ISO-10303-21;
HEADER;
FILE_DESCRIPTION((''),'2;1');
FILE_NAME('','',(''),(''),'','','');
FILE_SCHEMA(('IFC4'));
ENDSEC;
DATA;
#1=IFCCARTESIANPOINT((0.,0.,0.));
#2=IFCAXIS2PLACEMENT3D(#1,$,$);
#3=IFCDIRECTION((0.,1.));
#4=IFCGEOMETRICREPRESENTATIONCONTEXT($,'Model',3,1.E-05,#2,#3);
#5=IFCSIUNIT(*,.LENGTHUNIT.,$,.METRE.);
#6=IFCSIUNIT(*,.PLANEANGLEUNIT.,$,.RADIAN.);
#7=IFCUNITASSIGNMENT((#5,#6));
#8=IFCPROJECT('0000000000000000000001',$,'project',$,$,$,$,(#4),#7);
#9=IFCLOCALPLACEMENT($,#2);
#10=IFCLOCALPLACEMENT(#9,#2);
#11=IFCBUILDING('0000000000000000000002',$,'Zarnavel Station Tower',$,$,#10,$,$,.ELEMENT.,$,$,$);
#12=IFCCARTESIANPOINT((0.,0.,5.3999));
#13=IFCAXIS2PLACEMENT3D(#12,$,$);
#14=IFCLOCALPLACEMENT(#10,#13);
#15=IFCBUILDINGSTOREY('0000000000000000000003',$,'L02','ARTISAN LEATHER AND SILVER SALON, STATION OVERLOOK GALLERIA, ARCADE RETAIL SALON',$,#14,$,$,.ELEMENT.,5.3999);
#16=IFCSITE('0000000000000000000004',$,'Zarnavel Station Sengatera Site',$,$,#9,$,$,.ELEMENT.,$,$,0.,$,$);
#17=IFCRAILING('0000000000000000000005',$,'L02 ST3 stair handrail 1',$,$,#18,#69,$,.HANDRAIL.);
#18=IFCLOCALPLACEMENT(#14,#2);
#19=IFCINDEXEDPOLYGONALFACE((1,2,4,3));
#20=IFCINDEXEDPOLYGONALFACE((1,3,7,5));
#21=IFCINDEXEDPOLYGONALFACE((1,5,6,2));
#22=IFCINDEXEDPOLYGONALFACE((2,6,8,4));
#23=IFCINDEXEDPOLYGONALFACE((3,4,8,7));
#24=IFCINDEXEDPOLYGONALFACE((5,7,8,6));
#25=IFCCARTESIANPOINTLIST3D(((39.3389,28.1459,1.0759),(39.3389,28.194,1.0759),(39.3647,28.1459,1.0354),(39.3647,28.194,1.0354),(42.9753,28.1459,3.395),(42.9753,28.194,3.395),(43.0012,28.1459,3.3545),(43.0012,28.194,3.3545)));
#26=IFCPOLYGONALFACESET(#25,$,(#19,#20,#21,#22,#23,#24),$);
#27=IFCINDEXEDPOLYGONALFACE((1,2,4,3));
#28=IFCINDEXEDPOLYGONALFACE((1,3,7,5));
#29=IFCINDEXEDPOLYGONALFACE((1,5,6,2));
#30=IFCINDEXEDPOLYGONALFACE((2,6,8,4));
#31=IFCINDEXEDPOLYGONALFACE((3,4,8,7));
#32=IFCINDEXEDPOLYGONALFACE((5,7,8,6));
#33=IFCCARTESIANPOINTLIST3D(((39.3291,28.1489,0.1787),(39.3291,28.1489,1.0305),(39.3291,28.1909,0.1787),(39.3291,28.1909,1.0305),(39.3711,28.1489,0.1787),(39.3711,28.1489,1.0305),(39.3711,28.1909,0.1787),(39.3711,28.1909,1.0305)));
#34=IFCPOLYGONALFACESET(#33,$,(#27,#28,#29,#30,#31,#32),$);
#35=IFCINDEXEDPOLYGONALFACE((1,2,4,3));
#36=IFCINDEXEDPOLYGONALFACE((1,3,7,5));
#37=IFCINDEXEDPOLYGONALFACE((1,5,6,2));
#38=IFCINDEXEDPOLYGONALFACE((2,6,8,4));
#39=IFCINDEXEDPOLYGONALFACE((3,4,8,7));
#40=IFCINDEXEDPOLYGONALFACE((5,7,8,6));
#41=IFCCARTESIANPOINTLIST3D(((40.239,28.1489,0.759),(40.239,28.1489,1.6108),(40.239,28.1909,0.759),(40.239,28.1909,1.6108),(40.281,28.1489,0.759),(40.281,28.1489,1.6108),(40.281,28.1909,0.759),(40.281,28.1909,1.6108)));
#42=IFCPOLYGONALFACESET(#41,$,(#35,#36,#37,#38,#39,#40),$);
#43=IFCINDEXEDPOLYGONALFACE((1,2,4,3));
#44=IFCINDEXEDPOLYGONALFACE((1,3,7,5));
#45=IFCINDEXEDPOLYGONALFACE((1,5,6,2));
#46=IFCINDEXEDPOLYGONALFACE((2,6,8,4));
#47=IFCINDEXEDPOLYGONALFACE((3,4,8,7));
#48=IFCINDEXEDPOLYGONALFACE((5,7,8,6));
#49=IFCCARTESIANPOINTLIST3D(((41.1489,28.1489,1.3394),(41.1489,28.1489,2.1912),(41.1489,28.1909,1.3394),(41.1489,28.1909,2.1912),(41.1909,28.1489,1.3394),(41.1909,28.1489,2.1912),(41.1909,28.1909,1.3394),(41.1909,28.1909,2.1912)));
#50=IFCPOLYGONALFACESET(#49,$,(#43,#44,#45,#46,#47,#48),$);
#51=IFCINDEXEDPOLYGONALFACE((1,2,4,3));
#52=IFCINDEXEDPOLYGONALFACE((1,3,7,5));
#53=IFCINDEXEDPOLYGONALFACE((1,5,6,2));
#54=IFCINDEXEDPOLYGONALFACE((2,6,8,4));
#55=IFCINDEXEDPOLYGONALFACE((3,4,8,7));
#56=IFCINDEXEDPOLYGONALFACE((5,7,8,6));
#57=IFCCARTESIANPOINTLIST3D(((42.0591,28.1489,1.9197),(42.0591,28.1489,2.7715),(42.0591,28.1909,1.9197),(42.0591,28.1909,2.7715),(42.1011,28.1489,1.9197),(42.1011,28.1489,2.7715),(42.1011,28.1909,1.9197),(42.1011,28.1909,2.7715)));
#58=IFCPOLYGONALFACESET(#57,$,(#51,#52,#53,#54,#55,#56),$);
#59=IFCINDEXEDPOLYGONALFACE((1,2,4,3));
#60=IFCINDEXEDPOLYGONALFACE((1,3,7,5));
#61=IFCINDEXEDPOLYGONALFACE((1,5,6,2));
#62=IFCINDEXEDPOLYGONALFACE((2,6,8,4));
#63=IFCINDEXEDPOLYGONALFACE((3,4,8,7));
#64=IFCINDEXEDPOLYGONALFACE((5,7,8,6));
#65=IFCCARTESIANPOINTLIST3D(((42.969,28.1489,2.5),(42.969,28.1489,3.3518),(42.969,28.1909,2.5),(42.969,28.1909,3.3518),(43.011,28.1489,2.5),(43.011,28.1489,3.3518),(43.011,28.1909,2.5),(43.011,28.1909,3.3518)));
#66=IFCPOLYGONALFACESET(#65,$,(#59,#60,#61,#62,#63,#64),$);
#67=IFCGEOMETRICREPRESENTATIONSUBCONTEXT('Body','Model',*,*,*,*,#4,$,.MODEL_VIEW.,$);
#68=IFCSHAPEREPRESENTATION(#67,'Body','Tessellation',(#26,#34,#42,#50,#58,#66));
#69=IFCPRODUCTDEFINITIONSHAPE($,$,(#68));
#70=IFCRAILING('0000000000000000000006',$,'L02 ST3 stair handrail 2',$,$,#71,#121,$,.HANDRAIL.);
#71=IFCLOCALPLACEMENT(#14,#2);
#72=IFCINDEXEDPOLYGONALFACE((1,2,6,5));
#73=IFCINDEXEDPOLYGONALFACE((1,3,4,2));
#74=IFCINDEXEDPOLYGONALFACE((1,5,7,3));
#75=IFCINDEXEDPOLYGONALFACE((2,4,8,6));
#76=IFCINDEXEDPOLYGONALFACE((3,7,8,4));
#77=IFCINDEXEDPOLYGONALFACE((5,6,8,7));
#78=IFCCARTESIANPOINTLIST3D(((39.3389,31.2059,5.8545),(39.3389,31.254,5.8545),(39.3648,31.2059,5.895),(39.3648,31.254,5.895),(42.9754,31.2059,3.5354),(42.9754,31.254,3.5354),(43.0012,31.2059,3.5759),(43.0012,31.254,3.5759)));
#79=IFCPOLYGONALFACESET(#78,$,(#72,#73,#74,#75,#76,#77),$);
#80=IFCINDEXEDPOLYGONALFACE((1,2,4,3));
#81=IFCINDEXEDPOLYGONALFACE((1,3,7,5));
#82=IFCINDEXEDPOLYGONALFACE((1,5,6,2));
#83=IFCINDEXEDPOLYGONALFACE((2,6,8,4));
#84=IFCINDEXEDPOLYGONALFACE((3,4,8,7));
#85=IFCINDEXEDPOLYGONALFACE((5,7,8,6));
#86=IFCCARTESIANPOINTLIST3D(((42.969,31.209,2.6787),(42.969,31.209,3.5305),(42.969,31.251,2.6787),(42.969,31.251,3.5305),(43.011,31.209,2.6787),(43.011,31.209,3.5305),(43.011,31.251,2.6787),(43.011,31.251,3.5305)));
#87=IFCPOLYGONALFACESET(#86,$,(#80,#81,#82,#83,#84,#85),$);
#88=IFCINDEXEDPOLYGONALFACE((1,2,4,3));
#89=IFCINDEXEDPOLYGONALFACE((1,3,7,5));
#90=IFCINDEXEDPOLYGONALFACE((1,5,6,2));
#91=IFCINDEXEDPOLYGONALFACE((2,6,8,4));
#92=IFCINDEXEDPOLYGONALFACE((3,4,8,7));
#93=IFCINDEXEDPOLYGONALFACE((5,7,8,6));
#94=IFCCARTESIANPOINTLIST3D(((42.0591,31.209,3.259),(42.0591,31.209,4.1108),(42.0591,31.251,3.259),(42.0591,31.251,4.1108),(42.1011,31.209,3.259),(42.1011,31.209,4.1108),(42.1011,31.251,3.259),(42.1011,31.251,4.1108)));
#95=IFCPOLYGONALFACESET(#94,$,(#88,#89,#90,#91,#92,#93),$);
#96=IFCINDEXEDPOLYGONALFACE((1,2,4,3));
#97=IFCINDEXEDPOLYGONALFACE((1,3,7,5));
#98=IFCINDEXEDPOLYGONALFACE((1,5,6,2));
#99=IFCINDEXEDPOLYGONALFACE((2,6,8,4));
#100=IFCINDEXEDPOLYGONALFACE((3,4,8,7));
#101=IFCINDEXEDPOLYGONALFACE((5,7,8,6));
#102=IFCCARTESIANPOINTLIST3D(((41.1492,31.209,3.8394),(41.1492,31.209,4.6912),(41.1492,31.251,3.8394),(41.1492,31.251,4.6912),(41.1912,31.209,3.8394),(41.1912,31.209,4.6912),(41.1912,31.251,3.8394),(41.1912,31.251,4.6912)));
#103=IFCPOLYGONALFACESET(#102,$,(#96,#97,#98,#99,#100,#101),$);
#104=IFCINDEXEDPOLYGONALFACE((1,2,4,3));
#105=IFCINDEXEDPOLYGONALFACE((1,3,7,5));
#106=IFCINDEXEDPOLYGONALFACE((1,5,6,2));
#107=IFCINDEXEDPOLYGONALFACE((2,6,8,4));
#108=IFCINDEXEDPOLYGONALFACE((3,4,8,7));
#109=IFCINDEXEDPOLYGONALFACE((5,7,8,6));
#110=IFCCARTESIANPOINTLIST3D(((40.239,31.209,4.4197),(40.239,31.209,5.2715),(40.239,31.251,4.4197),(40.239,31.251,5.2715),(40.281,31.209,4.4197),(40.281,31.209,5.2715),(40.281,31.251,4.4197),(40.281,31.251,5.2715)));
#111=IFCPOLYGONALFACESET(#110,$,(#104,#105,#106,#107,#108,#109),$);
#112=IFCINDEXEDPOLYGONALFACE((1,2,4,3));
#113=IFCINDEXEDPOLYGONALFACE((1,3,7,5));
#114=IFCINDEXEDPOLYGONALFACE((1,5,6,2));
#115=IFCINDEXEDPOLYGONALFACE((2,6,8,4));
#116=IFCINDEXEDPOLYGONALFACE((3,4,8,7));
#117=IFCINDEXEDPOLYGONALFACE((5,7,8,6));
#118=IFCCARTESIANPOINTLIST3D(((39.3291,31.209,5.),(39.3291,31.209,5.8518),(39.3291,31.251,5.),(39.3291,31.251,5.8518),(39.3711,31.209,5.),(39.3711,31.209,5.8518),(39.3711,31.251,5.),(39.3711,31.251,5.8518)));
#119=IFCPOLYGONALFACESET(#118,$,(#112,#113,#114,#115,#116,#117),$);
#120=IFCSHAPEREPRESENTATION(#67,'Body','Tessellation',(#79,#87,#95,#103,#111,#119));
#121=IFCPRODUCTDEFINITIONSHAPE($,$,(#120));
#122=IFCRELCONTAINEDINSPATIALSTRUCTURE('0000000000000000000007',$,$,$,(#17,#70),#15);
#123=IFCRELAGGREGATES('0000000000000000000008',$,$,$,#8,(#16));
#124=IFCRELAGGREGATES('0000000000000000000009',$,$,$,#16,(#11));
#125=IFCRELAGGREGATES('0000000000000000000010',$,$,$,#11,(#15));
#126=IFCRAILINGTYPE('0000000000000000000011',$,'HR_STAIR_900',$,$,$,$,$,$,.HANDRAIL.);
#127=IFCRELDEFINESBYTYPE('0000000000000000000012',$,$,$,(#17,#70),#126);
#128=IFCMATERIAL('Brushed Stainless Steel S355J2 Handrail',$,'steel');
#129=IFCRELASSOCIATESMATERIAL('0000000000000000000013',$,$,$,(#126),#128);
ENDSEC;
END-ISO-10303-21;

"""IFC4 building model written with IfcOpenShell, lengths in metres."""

from ifc_helpers import new_model, si_unit, direction, frame, origin, origin_2d, place, context, subcontext, project, spatial, rectangle, extrude, material, type_object, element, save


model = new_model("IFC4")

# Units and contexts
model_context = context("Model", 3, precision=1e-05, world=origin(), true_north=direction((0.0, 1.0)))
body_context = subcontext(model_context, "Body", "Model", "MODEL_VIEW")
ifc_project = project(units=[si_unit("LENGTHUNIT", "METRE"), si_unit("PLANEANGLEUNIT", "RADIAN")], contexts=[model_context])

# Site, building, storey
site_placement = place(None, origin())
site = spatial("IfcSite", under=ifc_project, at=site_placement, Name="Zarnavel Station Sengatera Site", CompositionType="ELEMENT", RefElevation=0.0)
building_placement = place(site_placement, origin())
building = spatial("IfcBuilding", under=site, at=building_placement, Name="Zarnavel Station Tower", CompositionType="ELEMENT")
storey_placement = place(building_placement, frame((0.0, 0.0, 5.3999)))
storey = spatial("IfcBuildingStorey", under=building, at=storey_placement, Name="L02", Description="ARTISAN LEATHER AND SILVER SALON, STATION OVERLOOK GALLERIA, ARCADE RETAIL SALON", CompositionType="ELEMENT", Elevation=5.3999)

# Railings
ifc_material_1 = material(Name="Brushed Stainless Steel S355J2 Handrail", Category="steel")
railing_type_1 = type_object("IfcRailingType", Name="HR_STAIR_900", PredefinedType="HANDRAIL", material=ifc_material_1)
railing_1_placement = place(storey_placement, frame((39.3501, 28.1699, 0.1787)))
element("IfcRailing", 1, at=railing_1_placement, inside=storey, type_object=railing_type_1, Name="L02 ST3 stair handrail 1", PredefinedType="HANDRAIL", context=body_context, shape_type="SweptSolid", body=[
    extrude(rectangle(XDim=0.0481, YDim=0.0481, at=origin_2d()), frame((0.0017, 0.0, 0.877), z_axis=(0.843137, 0.0, 0.537699), x_axis=(0.0, 1.0, 0.0)), (0.0, 0.0, 1.0), 4.313),
    extrude(rectangle(XDim=0.042, YDim=0.042, at=origin_2d()), origin(), (0.0, 0.0, 1.0), 0.8518),
    extrude(rectangle(XDim=0.042, YDim=0.042, at=origin_2d()), frame((0.9099, 0.0, 0.5803)), (0.0, 0.0, 1.0), 0.8518),
    extrude(rectangle(XDim=0.042, YDim=0.042, at=origin_2d()), frame((1.8198, 0.0, 1.1606)), (0.0, 0.0, 1.0), 0.8518),
    extrude(rectangle(XDim=0.042, YDim=0.042, at=origin_2d()), frame((2.73, 0.0, 1.741)), (0.0, 0.0, 1.0), 0.8518),
    extrude(rectangle(XDim=0.042, YDim=0.042, at=origin_2d()), frame((3.6399, 0.0, 2.3213)), (0.0, 0.0, 1.0), 0.8518),
])
railing_2_placement = place(storey_placement, frame((42.99, 31.23, 2.6787)))
element("IfcRailing", 2, at=railing_2_placement, inside=storey, type_object=railing_type_1, Name="L02 ST3 stair handrail 2", PredefinedType="HANDRAIL", context=body_context, shape_type="SweptSolid", body=[
    extrude(rectangle(XDim=0.0481, YDim=0.0481, at=origin_2d()), frame((-0.0017, 0.0, 0.877), z_axis=(-0.843137, 0.0, 0.537699), x_axis=(0.0, -1.0, 0.0)), (0.0, 0.0, 1.0), 4.313),
    extrude(rectangle(XDim=0.042, YDim=0.042, at=origin_2d()), origin(), (0.0, 0.0, 1.0), 0.8518),
    extrude(rectangle(XDim=0.042, YDim=0.042, at=origin_2d()), frame((-0.9099, 0.0, 0.5803)), (0.0, 0.0, 1.0), 0.8518),
    extrude(rectangle(XDim=0.042, YDim=0.042, at=origin_2d()), frame((-1.8198, 0.0, 1.1606)), (0.0, 0.0, 1.0), 0.8518),
    extrude(rectangle(XDim=0.042, YDim=0.042, at=origin_2d()), frame((-2.73, 0.0, 1.741)), (0.0, 0.0, 1.0), 0.8518),
    extrude(rectangle(XDim=0.042, YDim=0.042, at=origin_2d()), frame((-3.6399, 0.0, 2.3213)), (0.0, 0.0, 1.0), 0.8518),
])

save(model, "model.ifc")
